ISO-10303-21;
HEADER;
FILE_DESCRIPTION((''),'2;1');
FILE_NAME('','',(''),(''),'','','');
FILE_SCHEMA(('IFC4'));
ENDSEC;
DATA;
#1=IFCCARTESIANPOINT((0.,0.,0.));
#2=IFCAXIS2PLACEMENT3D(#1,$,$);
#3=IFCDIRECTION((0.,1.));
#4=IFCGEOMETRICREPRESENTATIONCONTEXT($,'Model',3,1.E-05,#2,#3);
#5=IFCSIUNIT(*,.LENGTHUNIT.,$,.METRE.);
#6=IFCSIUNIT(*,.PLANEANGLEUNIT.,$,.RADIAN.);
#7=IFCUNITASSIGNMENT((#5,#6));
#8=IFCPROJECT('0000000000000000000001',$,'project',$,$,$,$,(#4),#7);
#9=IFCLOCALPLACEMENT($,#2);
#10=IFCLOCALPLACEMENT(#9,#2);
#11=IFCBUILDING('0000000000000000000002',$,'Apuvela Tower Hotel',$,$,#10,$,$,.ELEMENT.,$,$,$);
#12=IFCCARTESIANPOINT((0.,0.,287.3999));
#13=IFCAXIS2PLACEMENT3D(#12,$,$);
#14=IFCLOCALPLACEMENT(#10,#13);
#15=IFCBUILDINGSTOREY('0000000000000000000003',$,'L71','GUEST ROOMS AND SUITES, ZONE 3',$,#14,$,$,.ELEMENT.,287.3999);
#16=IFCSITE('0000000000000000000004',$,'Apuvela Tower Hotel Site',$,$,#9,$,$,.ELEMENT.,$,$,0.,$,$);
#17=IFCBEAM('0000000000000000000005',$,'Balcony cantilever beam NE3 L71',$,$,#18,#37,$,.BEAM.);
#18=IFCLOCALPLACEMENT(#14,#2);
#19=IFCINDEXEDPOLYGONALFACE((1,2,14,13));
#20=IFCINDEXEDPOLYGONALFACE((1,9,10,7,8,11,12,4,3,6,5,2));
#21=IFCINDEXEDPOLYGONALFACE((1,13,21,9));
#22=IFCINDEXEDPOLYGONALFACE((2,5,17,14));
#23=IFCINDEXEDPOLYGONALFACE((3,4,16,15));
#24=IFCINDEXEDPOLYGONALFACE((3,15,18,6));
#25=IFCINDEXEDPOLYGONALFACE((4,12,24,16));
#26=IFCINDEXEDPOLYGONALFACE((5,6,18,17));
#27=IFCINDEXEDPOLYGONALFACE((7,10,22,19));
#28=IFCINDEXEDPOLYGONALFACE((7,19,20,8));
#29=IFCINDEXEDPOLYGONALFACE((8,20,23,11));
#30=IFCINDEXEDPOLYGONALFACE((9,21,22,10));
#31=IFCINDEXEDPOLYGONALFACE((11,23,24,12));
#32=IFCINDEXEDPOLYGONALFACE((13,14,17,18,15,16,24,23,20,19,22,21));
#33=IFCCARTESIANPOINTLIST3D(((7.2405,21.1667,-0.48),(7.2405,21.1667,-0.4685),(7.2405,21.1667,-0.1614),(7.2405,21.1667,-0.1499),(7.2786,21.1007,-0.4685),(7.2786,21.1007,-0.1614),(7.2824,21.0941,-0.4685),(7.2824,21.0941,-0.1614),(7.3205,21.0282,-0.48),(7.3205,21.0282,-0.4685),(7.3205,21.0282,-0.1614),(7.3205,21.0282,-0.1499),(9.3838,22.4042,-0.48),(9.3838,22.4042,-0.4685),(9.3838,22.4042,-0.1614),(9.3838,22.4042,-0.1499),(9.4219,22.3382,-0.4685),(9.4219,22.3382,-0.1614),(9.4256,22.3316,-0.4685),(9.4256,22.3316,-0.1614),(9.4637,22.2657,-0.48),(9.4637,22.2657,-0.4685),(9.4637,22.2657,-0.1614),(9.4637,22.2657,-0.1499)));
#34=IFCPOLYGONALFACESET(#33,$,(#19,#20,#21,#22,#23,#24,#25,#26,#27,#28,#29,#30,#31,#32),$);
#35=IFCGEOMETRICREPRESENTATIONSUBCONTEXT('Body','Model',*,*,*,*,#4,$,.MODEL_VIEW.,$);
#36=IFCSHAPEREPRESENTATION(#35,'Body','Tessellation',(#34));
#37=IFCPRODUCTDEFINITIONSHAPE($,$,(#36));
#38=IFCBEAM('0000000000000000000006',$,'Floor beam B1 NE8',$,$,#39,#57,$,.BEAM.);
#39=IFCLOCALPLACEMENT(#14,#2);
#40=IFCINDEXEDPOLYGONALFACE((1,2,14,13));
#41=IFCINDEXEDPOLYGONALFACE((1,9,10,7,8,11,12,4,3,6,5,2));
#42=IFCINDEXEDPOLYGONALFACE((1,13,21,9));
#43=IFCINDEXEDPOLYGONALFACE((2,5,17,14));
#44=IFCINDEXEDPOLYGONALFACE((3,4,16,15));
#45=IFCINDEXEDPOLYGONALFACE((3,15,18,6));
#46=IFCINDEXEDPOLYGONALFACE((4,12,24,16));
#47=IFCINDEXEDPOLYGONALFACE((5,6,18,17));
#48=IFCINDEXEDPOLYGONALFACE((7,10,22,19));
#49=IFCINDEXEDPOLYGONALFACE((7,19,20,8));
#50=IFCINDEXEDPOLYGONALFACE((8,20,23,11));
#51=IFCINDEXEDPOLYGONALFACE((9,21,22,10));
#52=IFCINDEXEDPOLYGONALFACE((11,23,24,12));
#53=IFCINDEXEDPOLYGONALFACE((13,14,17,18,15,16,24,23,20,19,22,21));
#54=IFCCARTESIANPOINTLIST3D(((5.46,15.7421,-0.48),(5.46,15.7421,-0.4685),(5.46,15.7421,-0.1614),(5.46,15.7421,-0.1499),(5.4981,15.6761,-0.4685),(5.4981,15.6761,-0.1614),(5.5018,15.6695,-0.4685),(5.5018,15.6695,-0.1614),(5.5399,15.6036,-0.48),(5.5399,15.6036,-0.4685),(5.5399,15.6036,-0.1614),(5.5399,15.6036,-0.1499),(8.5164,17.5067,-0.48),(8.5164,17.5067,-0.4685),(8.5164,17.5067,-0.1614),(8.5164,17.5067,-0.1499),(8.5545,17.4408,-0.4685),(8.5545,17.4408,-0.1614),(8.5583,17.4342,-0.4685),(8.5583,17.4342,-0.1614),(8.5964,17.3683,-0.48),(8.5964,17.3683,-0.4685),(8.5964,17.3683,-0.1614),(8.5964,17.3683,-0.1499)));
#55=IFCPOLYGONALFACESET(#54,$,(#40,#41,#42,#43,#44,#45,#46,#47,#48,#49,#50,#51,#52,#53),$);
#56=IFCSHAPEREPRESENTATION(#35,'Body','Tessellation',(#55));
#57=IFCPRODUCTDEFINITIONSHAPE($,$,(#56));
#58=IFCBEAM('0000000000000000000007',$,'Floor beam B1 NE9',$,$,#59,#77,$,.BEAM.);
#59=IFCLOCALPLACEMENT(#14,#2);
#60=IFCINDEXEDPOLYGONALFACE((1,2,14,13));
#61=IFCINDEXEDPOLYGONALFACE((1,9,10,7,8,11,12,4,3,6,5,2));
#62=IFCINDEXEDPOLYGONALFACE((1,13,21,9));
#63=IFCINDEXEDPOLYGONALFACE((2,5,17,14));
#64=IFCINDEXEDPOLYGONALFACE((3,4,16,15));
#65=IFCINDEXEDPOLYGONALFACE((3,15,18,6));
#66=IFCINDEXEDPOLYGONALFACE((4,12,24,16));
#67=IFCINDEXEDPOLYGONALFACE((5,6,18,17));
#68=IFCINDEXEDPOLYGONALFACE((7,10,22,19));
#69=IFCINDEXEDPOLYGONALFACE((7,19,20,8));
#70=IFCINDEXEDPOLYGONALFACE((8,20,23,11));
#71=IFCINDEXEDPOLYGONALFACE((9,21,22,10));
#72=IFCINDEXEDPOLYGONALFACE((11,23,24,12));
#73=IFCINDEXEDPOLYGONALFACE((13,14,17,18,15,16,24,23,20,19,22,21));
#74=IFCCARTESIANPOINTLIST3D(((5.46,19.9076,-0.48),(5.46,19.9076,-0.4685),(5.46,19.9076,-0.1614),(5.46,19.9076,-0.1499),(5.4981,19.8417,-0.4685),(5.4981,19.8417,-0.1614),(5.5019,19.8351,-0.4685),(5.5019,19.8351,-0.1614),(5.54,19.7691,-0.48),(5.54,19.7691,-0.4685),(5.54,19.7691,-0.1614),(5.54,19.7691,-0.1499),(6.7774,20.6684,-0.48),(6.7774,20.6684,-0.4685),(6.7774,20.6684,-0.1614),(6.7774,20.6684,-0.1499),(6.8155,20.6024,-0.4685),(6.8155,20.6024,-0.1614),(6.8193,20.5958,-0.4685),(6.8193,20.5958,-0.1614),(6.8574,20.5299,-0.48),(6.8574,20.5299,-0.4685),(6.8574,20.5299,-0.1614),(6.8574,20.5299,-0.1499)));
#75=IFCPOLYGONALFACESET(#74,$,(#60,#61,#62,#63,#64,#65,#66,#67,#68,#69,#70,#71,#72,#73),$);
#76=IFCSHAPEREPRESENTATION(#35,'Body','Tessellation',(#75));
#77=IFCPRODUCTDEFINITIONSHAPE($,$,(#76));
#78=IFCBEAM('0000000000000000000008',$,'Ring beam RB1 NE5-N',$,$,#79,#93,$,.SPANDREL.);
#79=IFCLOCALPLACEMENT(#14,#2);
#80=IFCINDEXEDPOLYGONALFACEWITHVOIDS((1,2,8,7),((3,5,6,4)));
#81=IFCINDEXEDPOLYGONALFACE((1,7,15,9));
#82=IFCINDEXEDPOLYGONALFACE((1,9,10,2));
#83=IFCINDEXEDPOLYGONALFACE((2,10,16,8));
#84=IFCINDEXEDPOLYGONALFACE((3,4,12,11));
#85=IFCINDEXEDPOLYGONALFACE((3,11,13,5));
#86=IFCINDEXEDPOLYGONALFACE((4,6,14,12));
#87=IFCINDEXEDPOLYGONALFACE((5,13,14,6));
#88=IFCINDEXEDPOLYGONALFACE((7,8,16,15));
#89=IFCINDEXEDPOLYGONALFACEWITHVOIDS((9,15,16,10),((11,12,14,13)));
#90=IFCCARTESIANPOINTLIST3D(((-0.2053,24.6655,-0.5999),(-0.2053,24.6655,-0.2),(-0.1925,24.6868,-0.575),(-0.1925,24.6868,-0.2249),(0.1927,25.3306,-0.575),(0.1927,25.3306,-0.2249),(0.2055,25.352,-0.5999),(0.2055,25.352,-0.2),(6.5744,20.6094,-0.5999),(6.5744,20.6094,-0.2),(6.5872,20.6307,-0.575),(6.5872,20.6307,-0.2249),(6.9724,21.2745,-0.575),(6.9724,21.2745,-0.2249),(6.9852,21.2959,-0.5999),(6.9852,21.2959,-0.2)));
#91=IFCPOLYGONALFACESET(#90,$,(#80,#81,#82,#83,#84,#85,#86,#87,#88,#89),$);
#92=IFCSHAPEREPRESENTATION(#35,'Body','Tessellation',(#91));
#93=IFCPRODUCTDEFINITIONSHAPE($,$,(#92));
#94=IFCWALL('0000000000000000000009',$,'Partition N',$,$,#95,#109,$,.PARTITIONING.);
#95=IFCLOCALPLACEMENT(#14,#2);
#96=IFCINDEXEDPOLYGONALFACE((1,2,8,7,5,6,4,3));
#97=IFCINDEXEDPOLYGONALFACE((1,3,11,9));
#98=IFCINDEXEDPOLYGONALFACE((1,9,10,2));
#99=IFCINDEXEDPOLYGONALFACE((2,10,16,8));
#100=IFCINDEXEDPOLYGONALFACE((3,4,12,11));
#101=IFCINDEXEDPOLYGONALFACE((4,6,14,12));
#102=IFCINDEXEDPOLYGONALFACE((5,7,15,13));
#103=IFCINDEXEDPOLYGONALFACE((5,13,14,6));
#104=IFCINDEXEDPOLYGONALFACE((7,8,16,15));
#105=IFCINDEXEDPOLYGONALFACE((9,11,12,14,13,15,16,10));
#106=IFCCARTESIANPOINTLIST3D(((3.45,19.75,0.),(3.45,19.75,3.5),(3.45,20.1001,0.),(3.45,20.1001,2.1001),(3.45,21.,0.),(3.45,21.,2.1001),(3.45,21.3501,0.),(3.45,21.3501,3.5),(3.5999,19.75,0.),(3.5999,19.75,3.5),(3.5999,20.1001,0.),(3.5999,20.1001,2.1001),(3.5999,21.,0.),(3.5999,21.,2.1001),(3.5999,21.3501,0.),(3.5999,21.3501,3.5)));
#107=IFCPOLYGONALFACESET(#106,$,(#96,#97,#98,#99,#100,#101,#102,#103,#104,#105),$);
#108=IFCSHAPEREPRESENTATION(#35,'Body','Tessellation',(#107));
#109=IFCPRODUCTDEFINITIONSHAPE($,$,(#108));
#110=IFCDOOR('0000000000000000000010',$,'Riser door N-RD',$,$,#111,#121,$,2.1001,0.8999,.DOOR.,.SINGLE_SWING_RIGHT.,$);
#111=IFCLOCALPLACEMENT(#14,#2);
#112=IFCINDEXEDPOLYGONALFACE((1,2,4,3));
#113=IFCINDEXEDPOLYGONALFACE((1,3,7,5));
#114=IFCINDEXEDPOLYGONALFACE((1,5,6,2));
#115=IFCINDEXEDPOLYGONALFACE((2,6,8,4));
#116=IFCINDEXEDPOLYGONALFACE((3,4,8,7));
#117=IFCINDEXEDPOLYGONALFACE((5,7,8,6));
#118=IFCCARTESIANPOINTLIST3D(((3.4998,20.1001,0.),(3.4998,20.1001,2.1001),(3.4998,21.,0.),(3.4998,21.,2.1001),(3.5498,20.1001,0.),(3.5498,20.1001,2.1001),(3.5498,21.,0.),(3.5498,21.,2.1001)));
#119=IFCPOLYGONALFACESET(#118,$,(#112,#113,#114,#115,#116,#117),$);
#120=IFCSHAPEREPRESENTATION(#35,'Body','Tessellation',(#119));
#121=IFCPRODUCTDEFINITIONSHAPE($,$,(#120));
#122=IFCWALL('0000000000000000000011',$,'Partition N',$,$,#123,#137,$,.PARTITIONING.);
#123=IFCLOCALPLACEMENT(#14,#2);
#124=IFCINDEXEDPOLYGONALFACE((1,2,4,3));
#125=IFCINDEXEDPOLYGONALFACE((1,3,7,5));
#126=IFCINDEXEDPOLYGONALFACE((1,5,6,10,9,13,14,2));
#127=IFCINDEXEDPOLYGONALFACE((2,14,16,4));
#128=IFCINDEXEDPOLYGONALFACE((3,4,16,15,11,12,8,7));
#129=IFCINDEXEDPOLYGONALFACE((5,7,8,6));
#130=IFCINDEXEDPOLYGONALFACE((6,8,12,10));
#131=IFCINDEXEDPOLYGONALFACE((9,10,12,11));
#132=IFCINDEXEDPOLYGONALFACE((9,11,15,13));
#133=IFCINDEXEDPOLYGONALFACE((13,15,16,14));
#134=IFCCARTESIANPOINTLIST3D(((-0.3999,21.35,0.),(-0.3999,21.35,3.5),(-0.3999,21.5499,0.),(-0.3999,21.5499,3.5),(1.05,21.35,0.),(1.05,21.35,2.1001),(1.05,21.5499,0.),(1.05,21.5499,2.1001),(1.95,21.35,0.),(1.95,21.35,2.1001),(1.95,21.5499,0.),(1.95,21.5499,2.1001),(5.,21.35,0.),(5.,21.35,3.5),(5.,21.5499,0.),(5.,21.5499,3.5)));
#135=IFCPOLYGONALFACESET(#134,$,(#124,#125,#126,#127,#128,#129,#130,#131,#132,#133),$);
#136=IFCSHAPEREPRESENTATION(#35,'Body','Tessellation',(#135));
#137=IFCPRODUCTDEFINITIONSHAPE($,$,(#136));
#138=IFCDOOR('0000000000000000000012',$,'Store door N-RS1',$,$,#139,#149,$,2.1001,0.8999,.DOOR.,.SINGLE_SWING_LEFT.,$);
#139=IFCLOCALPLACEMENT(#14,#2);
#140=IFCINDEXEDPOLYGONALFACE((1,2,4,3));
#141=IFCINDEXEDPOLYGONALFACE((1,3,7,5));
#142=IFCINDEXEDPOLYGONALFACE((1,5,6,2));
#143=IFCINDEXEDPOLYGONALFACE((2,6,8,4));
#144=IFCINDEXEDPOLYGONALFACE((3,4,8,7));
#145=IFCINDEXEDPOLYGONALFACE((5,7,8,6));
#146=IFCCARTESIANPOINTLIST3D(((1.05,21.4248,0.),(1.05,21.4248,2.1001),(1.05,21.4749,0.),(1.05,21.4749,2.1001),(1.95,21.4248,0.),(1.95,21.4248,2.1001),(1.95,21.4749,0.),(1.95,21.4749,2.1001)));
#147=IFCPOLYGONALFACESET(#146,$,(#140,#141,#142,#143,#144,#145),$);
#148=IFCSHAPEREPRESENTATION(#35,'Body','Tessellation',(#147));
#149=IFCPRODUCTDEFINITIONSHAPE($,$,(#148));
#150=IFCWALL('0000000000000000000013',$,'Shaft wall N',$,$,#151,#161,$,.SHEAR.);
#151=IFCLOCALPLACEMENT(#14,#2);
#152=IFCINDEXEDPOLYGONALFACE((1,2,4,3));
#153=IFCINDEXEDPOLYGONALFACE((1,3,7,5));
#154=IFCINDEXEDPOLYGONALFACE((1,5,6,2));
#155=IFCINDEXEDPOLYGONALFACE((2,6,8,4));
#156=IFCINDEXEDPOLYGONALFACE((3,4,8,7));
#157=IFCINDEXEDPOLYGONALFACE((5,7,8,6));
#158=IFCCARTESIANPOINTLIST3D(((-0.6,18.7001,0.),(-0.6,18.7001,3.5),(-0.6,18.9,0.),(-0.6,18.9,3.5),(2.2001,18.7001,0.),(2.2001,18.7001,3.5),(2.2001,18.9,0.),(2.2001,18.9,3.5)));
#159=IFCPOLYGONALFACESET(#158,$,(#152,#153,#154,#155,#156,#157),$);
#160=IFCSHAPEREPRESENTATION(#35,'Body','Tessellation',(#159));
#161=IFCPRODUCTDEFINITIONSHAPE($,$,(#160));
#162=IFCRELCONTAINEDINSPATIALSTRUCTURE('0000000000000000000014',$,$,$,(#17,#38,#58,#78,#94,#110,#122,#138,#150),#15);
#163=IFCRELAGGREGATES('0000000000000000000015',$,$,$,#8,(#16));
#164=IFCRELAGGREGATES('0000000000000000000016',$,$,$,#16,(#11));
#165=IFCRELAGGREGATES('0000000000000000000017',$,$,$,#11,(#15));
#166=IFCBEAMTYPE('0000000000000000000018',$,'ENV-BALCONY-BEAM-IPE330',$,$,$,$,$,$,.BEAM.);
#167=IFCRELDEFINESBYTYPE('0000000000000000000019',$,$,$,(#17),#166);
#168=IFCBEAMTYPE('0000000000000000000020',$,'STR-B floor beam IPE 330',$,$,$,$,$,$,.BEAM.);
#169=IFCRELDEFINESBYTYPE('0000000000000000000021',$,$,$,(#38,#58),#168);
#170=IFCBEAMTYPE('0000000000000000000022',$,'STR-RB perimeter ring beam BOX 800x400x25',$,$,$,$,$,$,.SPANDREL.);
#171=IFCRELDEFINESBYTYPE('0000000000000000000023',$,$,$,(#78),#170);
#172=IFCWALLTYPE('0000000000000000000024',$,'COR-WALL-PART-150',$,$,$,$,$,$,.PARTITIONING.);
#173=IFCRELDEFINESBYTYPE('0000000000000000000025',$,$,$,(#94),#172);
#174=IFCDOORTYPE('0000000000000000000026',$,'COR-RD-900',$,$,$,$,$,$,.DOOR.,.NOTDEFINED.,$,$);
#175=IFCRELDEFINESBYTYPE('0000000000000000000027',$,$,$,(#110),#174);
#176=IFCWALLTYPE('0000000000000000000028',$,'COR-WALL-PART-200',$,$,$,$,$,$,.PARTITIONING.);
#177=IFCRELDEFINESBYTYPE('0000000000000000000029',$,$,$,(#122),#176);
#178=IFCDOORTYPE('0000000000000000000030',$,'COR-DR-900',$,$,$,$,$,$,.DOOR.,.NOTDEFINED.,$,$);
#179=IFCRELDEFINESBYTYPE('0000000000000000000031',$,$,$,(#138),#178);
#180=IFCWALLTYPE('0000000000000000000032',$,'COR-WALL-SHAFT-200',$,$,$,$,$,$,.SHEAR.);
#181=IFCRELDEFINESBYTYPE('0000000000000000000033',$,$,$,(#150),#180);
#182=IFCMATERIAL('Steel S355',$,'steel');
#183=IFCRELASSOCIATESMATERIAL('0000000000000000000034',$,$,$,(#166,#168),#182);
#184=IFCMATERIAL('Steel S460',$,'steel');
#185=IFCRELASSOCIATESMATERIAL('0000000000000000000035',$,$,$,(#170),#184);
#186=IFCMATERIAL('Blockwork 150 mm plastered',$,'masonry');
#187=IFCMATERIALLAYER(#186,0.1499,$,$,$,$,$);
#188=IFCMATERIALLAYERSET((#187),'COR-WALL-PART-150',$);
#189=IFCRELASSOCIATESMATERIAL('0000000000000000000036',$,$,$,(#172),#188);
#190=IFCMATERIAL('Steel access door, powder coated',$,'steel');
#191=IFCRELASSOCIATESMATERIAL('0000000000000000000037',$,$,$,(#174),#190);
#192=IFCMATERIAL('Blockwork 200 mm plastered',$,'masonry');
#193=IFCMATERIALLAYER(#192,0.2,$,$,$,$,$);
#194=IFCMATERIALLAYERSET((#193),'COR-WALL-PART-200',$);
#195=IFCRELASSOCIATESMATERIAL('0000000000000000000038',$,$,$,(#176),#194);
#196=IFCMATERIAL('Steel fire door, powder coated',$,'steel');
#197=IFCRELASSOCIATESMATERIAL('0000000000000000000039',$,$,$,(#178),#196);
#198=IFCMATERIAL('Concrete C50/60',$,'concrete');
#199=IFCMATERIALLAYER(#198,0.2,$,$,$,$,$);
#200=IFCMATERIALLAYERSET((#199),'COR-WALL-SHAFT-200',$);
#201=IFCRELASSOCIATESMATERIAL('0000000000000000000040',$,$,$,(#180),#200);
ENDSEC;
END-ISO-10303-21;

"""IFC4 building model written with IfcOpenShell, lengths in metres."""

from ifc_helpers import new_model, si_unit, direction, frame, frame_2d, origin, origin_2d, place, context, subcontext, project, spatial, rectangle, hollow_rectangle, i_section, extrude, material, layer, layer_set, material_profile, profile_set, type_object, element, fill, save


model = new_model("IFC4")

# Units and contexts
model_context = context("Model", 3, precision=1e-05, world=origin(), true_north=direction((0.0, 1.0)))
body_context = subcontext(model_context, "Body", "Model", "MODEL_VIEW")
ifc_project = project(units=[si_unit("LENGTHUNIT", "METRE"), si_unit("PLANEANGLEUNIT", "RADIAN")], contexts=[model_context])

# Site, building, storey
site_placement = place(None, origin())
site = spatial("IfcSite", under=ifc_project, at=site_placement, Name="Apuvela Tower Hotel Site", CompositionType="ELEMENT", RefElevation=0.0)
building_placement = place(site_placement, origin())
building = spatial("IfcBuilding", under=site, at=building_placement, Name="Apuvela Tower Hotel", CompositionType="ELEMENT")
storey_placement = place(building_placement, frame((0.0, 0.0, 287.3999)))
storey = spatial("IfcBuildingStorey", under=building, at=storey_placement, Name="L71", Description="GUEST ROOMS AND SUITES, ZONE 3", CompositionType="ELEMENT", Elevation=287.3999)

# Shared definitions
ifc_material_1 = material(Name="Steel S460", Category="steel")

# Beams
ifc_material_2 = material(Name="Steel S355", Category="steel")
ifc_material_profile_1 = material_profile(ifc_material_2, i_section(OverallWidth=0.1599, OverallDepth=0.3301, WebThickness=0.0076, FlangeThickness=0.0115, at=origin_2d()), Name="IPE 330")
ifc_profile_set_1 = profile_set([ifc_material_profile_1], Name="Steel S355")
beam_type_1 = type_object("IfcBeamType", Name="ENV-BALCONY-BEAM-IPE330", PredefinedType="BEAM", material=ifc_profile_set_1)
beam_1_placement = place(storey_placement, frame((7.2805, 21.0974, -0.3149), z_axis=(0.866007, 0.500033, 0.0), x_axis=(-0.500033, 0.866007, 0.0)))
element("IfcBeam", 1, at=beam_1_placement, inside=storey, type_object=beam_type_1, Name="Balcony cantilever beam NE3 L71", PredefinedType="BEAM", context=body_context, shape_type="SweptSolid", body=[
    extrude(i_section(OverallWidth=0.1599, OverallDepth=0.3301, WebThickness=0.0076, FlangeThickness=0.0115, at=origin_2d()), origin(), (0.0, 0.0, 1.0), 2.4749),
])
ifc_material_profile_2 = material_profile(ifc_material_2, i_section(OverallWidth=0.1599, OverallDepth=0.3301, WebThickness=0.0076, FlangeThickness=0.0115, at=origin_2d()), Name="IPE 330")
ifc_profile_set_2 = profile_set([ifc_material_profile_2], Name="Steel S355")
beam_type_2 = type_object("IfcBeamType", Name="STR-B floor beam IPE 330", PredefinedType="BEAM", material=ifc_profile_set_2)
beam_2_placement = place(storey_placement, frame((8.5564, 17.4375, -0.3149), z_axis=(-0.866021, -0.500008, 0.0), x_axis=(0.500008, -0.866021, 0.0)))
element("IfcBeam", 2, at=beam_2_placement, inside=storey, type_object=beam_type_2, Name="Floor beam B1 NE8", PredefinedType="BEAM", context=body_context, shape_type="SweptSolid", body=[
    extrude(i_section(OverallWidth=0.1599, OverallDepth=0.3301, WebThickness=0.0076, FlangeThickness=0.0115, at=origin_2d()), origin(), (0.0, 0.0, 1.0), 3.5293),
])
beam_3_placement = place(storey_placement, frame((6.8174, 20.5991, -0.3149), z_axis=(-0.865982, -0.500074, 0.0), x_axis=(0.500074, -0.865982, 0.0)))
element("IfcBeam", 3, at=beam_3_placement, inside=storey, type_object=beam_type_2, Name="Floor beam B1 NE9", PredefinedType="BEAM", context=body_context, shape_type="SweptSolid", body=[
    extrude(i_section(OverallWidth=0.1599, OverallDepth=0.3301, WebThickness=0.0076, FlangeThickness=0.0115, at=origin_2d()), origin(), (0.0, 0.0, 1.0), 1.5212),
])
ifc_material_profile_3 = material_profile(ifc_material_1, hollow_rectangle(XDim=0.8, YDim=0.3999, WallThickness=0.0249, at=origin_2d()), Name="BOX 800x400x25")
ifc_profile_set_3 = profile_set([ifc_material_profile_3], Name="Steel S460")
beam_type_3 = type_object("IfcBeamType", Name="STR-RB perimeter ring beam BOX 800x400x25", PredefinedType="SPANDREL", material=ifc_profile_set_3)
beam_4_placement = place(storey_placement, frame((6.7798, 20.9526, -0.3999), z_axis=(-0.858147, 0.513405, 0.0), x_axis=(-0.513405, -0.858147, 0.0)))
element("IfcBeam", 4, at=beam_4_placement, inside=storey, type_object=beam_type_3, Name="Ring beam RB1 NE5-N", PredefinedType="SPANDREL", context=body_context, shape_type="SweptSolid", body=[
    extrude(hollow_rectangle(XDim=0.8, YDim=0.3999, WallThickness=0.0249, at=origin_2d()), origin(), (0.0, 0.0, 1.0), 7.9004),
])

# Walls, openings, doors
ifc_material_3 = material(Name="Blockwork 150 mm plastered", Category="masonry")
ifc_layer_1 = layer(ifc_material_3, 0.1499)
ifc_layer_set_1 = layer_set([ifc_layer_1], Name="COR-WALL-PART-150")
wall_type_1 = type_object("IfcWallType", Name="COR-WALL-PART-150", PredefinedType="PARTITIONING", material=ifc_layer_set_1)
wall_1_placement = place(storey_placement, frame((3.5249, 19.75, 0.0), z_axis=(0.0, 0.0, 1.0), x_axis=(0.0, 1.0, 0.0)))
wall_1 = element("IfcWall", 5, at=wall_1_placement, inside=storey, type_object=wall_type_1, Name="Partition N", PredefinedType="PARTITIONING", context=body_context, shape_type="SweptSolid", body=[
    extrude(rectangle(XDim=1.6001, YDim=0.1499, at=frame_2d((0.8, 0.0))), origin(), (0.0, 0.0, 1.0), 3.5),
])
opening_1_placement = place(wall_1_placement, frame((0.3501, 0.0, 0.0)))
opening_1 = element("IfcOpeningElement", 6, at=opening_1_placement, cuts=wall_1, PredefinedType="OPENING", context=body_context, shape_type="SweptSolid", body=[
    extrude(rectangle(XDim=0.8999, YDim=2.1001, at=frame_2d((0.45, 1.05))), frame((0.0, 0.085, 0.0), z_axis=(0.0, -1.0, 0.0), x_axis=(1.0, 0.0, 0.0)), (0.0, 0.0, 1.0), 0.1699),
])
ifc_material_4 = material(Name="Steel access door, powder coated", Category="steel")
door_type_1 = type_object("IfcDoorType", Name="COR-RD-900", OperationType="NOTDEFINED", PredefinedType="DOOR", material=ifc_material_4)
door_1_placement = place(opening_1_placement, frame((0.8999, 0.0, 0.0), z_axis=(0.0, 0.0, 1.0), x_axis=(-1.0, 0.0, 0.0)))
door_1 = element("IfcDoor", 7, at=door_1_placement, inside=storey, type_object=door_type_1, Name="Riser door N-RD", OperationType="SINGLE_SWING_RIGHT", OverallHeight=2.1001, OverallWidth=0.8999, PredefinedType="DOOR", context=body_context, shape_type="SweptSolid", body=[
    extrude(rectangle(XDim=0.8999, YDim=2.1001, at=frame_2d((0.45, 1.05))), frame((0.0, 0.0249, 0.0), z_axis=(0.0, -1.0, 0.0), x_axis=(1.0, 0.0, 0.0)), (0.0, 0.0, 1.0), 0.05),
])
fill(opening_1, door_1)
ifc_material_5 = material(Name="Blockwork 200 mm plastered", Category="masonry")
ifc_layer_2 = layer(ifc_material_5, 0.2)
ifc_layer_set_2 = layer_set([ifc_layer_2], Name="COR-WALL-PART-200")
wall_type_2 = type_object("IfcWallType", Name="COR-WALL-PART-200", PredefinedType="PARTITIONING", material=ifc_layer_set_2)
wall_2_placement = place(storey_placement, frame((5.0, 21.45, 0.0), z_axis=(0.0, 0.0, 1.0), x_axis=(-1.0, 0.0, 0.0)))
wall_2 = element("IfcWall", 8, at=wall_2_placement, inside=storey, type_object=wall_type_2, Name="Partition N", PredefinedType="PARTITIONING", context=body_context, shape_type="SweptSolid", body=[
    extrude(rectangle(XDim=5.3999, YDim=0.2, at=frame_2d((2.7, 0.0))), origin(), (0.0, 0.0, 1.0), 3.5),
])
opening_2_placement = place(wall_2_placement, frame((3.05, 0.0, 0.0)))
opening_2 = element("IfcOpeningElement", 9, at=opening_2_placement, cuts=wall_2, PredefinedType="OPENING", context=body_context, shape_type="SweptSolid", body=[
    extrude(rectangle(XDim=0.8999, YDim=2.1001, at=frame_2d((0.45, 1.05))), frame((0.0, 0.1099, 0.0), z_axis=(0.0, -1.0, 0.0), x_axis=(1.0, 0.0, 0.0)), (0.0, 0.0, 1.0), 0.22),
])
ifc_material_6 = material(Name="Steel fire door, powder coated", Category="steel")
door_type_2 = type_object("IfcDoorType", Name="COR-DR-900", OperationType="NOTDEFINED", PredefinedType="DOOR", material=ifc_material_6)
door_2_placement = place(opening_2_placement, frame((0.8999, 0.0, 0.0), z_axis=(0.0, 0.0, 1.0), x_axis=(-1.0, 0.0, 0.0)))
door_2 = element("IfcDoor", 10, at=door_2_placement, inside=storey, type_object=door_type_2, Name="Store door N-RS1", OperationType="SINGLE_SWING_LEFT", OverallHeight=2.1001, OverallWidth=0.8999, PredefinedType="DOOR", context=body_context, shape_type="SweptSolid", body=[
    extrude(rectangle(XDim=0.8999, YDim=2.1001, at=frame_2d((0.45, 1.05))), frame((0.0, 0.0249, 0.0), z_axis=(0.0, -1.0, 0.0), x_axis=(1.0, 0.0, 0.0)), (0.0, 0.0, 1.0), 0.05),
])
fill(opening_2, door_2)

# Wall
ifc_material_7 = material(Name="Concrete C50/60", Category="concrete")
ifc_layer_3 = layer(ifc_material_7, 0.2)
ifc_layer_set_3 = layer_set([ifc_layer_3], Name="COR-WALL-SHAFT-200")
wall_type_3 = type_object("IfcWallType", Name="COR-WALL-SHAFT-200", PredefinedType="SHEAR", material=ifc_layer_set_3)
wall_3_placement = place(storey_placement, frame((2.2, 18.8, 0.0), z_axis=(0.0, 0.0, 1.0), x_axis=(-1.0, 0.0, 0.0)))
element("IfcWall", 11, at=wall_3_placement, inside=storey, type_object=wall_type_3, Name="Shaft wall N", PredefinedType="SHEAR", context=body_context, shape_type="SweptSolid", body=[
    extrude(rectangle(XDim=2.8, YDim=0.2, at=frame_2d((1.3999, 0.0))), origin(), (0.0, 0.0, 1.0), 3.5),
])

save(model, "model.ifc")
